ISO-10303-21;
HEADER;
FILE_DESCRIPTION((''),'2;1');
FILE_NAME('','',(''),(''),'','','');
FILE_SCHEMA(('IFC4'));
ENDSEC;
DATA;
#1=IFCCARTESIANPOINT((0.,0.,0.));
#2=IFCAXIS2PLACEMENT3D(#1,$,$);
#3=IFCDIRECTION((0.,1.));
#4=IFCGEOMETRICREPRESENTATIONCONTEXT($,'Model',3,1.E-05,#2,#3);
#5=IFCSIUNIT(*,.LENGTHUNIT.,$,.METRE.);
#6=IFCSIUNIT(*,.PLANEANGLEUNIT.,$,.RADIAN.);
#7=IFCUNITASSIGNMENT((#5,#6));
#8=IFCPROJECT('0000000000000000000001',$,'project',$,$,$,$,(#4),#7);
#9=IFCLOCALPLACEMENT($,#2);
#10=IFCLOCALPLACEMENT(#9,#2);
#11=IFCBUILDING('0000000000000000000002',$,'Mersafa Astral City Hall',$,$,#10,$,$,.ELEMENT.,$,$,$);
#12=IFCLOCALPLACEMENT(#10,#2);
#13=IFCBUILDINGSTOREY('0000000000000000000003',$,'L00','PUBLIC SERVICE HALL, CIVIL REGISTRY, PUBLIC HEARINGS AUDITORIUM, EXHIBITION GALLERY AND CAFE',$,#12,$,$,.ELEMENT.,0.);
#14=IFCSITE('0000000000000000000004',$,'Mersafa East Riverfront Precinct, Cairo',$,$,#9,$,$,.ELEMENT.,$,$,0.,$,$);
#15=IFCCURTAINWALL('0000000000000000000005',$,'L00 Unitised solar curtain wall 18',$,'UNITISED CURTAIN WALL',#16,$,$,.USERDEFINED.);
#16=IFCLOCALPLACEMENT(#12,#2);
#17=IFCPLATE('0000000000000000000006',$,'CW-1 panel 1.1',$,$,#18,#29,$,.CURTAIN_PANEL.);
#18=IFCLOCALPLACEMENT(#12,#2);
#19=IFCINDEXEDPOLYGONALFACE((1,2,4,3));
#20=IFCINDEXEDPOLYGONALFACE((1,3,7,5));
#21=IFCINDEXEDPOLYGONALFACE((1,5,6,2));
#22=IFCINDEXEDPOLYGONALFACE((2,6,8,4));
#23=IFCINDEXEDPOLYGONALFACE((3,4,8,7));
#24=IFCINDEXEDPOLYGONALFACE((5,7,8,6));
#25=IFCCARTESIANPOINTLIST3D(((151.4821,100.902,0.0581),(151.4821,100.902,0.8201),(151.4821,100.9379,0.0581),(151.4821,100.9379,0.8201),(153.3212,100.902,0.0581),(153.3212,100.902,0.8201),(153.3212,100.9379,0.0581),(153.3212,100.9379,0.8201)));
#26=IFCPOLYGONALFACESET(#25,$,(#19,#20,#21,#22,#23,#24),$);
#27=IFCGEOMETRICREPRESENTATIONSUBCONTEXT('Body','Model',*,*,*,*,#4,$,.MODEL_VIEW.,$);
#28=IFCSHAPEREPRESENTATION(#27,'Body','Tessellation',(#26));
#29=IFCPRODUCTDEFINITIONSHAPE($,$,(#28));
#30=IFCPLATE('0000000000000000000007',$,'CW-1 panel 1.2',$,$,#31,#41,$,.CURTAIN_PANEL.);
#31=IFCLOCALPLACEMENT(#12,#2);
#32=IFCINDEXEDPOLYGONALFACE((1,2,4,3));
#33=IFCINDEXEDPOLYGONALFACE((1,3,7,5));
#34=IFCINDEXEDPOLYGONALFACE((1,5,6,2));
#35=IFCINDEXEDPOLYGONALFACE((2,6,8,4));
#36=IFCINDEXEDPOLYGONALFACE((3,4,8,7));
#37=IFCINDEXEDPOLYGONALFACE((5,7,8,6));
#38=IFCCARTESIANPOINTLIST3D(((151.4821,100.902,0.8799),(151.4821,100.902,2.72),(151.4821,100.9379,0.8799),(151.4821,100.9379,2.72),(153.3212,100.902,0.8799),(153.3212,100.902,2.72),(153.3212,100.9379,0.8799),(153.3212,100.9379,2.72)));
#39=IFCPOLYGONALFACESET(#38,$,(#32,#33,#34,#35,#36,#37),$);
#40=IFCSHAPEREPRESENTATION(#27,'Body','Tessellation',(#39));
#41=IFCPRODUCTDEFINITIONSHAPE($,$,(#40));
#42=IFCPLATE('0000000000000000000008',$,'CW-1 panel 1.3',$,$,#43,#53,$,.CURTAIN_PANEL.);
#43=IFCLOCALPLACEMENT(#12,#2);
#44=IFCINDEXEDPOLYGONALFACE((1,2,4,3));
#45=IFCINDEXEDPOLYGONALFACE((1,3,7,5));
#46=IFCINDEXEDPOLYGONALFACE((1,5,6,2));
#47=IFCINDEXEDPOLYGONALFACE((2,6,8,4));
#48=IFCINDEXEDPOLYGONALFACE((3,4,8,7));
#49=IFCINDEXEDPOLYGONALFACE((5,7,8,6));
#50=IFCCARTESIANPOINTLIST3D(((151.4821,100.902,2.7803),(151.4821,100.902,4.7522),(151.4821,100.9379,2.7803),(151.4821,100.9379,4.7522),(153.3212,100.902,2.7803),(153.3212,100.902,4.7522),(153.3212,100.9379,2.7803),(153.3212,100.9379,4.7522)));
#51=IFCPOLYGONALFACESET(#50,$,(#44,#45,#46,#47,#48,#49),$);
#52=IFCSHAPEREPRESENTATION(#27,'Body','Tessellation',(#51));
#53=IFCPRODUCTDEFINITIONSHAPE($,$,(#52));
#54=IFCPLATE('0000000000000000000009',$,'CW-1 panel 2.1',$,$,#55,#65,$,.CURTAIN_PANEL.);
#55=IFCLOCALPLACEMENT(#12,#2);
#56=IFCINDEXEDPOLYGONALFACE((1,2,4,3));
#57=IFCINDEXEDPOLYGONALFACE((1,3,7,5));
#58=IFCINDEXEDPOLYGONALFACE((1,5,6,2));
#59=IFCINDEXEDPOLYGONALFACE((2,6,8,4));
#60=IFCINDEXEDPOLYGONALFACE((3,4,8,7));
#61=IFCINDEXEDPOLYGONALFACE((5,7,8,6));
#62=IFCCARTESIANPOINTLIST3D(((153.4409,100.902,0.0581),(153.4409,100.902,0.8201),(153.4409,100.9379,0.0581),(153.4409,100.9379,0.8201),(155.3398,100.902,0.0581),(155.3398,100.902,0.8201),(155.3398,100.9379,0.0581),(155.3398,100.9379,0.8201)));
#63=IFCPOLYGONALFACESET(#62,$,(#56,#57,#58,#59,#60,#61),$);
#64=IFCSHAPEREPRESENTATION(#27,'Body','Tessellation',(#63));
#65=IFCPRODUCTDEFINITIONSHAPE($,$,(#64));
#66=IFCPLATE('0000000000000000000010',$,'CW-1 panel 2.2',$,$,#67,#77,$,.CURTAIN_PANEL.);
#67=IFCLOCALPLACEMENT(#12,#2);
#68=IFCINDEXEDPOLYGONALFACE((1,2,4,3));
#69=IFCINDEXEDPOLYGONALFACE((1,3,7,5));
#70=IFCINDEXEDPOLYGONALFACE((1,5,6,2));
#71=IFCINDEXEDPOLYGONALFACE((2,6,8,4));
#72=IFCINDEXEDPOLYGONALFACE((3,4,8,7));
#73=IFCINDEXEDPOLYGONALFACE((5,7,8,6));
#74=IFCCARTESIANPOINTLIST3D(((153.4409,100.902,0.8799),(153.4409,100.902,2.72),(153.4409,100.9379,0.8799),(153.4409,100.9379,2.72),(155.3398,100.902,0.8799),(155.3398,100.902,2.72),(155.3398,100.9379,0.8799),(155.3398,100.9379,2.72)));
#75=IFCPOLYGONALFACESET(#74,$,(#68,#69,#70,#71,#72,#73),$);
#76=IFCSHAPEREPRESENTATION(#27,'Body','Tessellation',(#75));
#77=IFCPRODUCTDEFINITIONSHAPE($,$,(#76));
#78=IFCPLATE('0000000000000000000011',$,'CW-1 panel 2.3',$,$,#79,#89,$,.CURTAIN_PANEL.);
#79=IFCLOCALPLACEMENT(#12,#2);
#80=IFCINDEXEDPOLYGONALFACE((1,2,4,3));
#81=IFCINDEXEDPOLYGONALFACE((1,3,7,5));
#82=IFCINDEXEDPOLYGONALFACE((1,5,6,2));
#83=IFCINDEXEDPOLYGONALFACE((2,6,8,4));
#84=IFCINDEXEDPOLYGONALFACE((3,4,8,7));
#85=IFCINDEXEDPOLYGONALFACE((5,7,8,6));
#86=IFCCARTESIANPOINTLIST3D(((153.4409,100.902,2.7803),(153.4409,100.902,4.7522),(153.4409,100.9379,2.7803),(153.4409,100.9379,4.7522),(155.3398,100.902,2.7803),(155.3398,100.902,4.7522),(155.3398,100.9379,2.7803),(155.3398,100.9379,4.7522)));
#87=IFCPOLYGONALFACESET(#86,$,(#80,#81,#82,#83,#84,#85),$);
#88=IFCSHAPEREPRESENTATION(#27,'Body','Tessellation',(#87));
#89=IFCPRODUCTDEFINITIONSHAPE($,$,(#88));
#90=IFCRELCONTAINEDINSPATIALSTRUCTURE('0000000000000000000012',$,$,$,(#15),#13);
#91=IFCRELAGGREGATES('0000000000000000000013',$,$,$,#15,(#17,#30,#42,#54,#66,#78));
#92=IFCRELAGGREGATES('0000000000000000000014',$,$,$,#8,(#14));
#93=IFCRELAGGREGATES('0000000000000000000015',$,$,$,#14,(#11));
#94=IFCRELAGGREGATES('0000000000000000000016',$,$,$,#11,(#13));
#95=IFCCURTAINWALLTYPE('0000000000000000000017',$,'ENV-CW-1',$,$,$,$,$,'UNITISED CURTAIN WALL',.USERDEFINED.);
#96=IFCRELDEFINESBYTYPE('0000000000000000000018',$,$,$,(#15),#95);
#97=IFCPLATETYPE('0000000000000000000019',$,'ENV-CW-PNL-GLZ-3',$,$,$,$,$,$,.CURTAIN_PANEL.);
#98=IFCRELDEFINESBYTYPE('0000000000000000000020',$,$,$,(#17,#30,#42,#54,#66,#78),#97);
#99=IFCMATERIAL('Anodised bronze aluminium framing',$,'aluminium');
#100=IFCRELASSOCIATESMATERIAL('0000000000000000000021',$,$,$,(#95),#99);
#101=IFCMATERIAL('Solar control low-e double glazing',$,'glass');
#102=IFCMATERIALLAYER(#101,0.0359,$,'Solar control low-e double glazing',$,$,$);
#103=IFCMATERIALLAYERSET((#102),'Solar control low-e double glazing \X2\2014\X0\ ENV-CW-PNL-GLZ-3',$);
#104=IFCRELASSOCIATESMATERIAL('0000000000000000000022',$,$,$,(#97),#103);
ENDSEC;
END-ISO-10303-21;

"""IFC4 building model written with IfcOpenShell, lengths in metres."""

from ifc_helpers import new_model, si_unit, direction, frame, origin, origin_2d, place, context, subcontext, project, spatial, rectangle, extrude, material, layer, layer_set, type_object, element, aggregate, save


model = new_model("IFC4")

# Units and contexts
model_context = context("Model", 3, precision=1e-05, world=origin(), true_north=direction((0.0, 1.0)))
body_context = subcontext(model_context, "Body", "Model", "MODEL_VIEW")
ifc_project = project(units=[si_unit("LENGTHUNIT", "METRE"), si_unit("PLANEANGLEUNIT", "RADIAN")], contexts=[model_context])

# Site, building, storey
site_placement = place(None, origin())
site = spatial("IfcSite", under=ifc_project, at=site_placement, Name="Mersafa East Riverfront Precinct, Cairo", CompositionType="ELEMENT", RefElevation=0.0)
building_placement = place(site_placement, origin())
building = spatial("IfcBuilding", under=site, at=building_placement, Name="Mersafa Astral City Hall", CompositionType="ELEMENT")
storey_placement = place(building_placement, origin())
storey = spatial("IfcBuildingStorey", under=building, at=storey_placement, Name="L00", Description="PUBLIC SERVICE HALL, CIVIL REGISTRY, PUBLIC HEARINGS AUDITORIUM, EXHIBITION GALLERY AND CAFE", CompositionType="ELEMENT", Elevation=0.0)

# Curtain wall
ifc_material_1 = material(Name="Anodised bronze aluminium framing", Category="aluminium")
curtain_wall_type = type_object("IfcCurtainWallType", Name="ENV-CW-1", ElementType="UNITISED CURTAIN WALL", PredefinedType="USERDEFINED", material=ifc_material_1)
curtain_wall_placement = place(storey_placement, origin())
curtain_wall = element("IfcCurtainWall", 1, at=curtain_wall_placement, inside=storey, type_object=curtain_wall_type, Name="L00 Unitised solar curtain wall 18", ObjectType="UNITISED CURTAIN WALL", PredefinedType="USERDEFINED")

# Plates
ifc_material_2 = material(Name="Solar control low-e double glazing", Category="glass")
ifc_layer = layer(ifc_material_2, 0.0359, Name="Solar control low-e double glazing")
ifc_layer_set = layer_set([ifc_layer], Name="Solar control low-e double glazing — ENV-CW-PNL-GLZ-3")
plate_type = type_object("IfcPlateType", Name="ENV-CW-PNL-GLZ-3", PredefinedType="CURTAIN_PANEL", material=ifc_layer_set)
plate_1_placement = place(storey_placement, frame((152.4016, 100.9199, 0.0581), z_axis=(0.0, 0.0, 1.0), x_axis=(1.0, 0.0, 0.0)))
plate_1 = element("IfcPlate", 2, at=plate_1_placement, type_object=plate_type, Name="CW-1 panel 1.1", PredefinedType="CURTAIN_PANEL", context=body_context, shape_type="SweptSolid", body=[
    extrude(rectangle(XDim=1.8391, YDim=0.0359, at=origin_2d()), origin(), (0.0, 0.0, 1.0), 0.762),
])
plate_2_placement = place(storey_placement, frame((152.4016, 100.9199, 0.8799), z_axis=(0.0, 0.0, 1.0), x_axis=(1.0, 0.0, 0.0)))
plate_2 = element("IfcPlate", 3, at=plate_2_placement, type_object=plate_type, Name="CW-1 panel 1.2", PredefinedType="CURTAIN_PANEL", context=body_context, shape_type="SweptSolid", body=[
    extrude(rectangle(XDim=1.8391, YDim=0.0359, at=origin_2d()), origin(), (0.0, 0.0, 1.0), 1.8401),
])
plate_3_placement = place(storey_placement, frame((152.4016, 100.9199, 2.7803), z_axis=(0.0, 0.0, 1.0), x_axis=(1.0, 0.0, 0.0)))
plate_3 = element("IfcPlate", 4, at=plate_3_placement, type_object=plate_type, Name="CW-1 panel 1.3", PredefinedType="CURTAIN_PANEL", context=body_context, shape_type="SweptSolid", body=[
    extrude(rectangle(XDim=1.8391, YDim=0.0359, at=origin_2d()), origin(), (0.0, 0.0, 1.0), 1.9719),
])
plate_4_placement = place(storey_placement, frame((154.3904, 100.9199, 0.0581), z_axis=(0.0, 0.0, 1.0), x_axis=(1.0, 0.0, 0.0)))
plate_4 = element("IfcPlate", 5, at=plate_4_placement, type_object=plate_type, Name="CW-1 panel 2.1", PredefinedType="CURTAIN_PANEL", context=body_context, shape_type="SweptSolid", body=[
    extrude(rectangle(XDim=1.8989, YDim=0.0359, at=origin_2d()), origin(), (0.0, 0.0, 1.0), 0.762),
])
plate_5_placement = place(storey_placement, frame((154.3904, 100.9199, 0.8799), z_axis=(0.0, 0.0, 1.0), x_axis=(1.0, 0.0, 0.0)))
plate_5 = element("IfcPlate", 6, at=plate_5_placement, type_object=plate_type, Name="CW-1 panel 2.2", PredefinedType="CURTAIN_PANEL", context=body_context, shape_type="SweptSolid", body=[
    extrude(rectangle(XDim=1.8989, YDim=0.0359, at=origin_2d()), origin(), (0.0, 0.0, 1.0), 1.8401),
])
plate_6_placement = place(storey_placement, frame((154.3904, 100.9199, 2.7803), z_axis=(0.0, 0.0, 1.0), x_axis=(1.0, 0.0, 0.0)))
plate_6 = element("IfcPlate", 7, at=plate_6_placement, type_object=plate_type, Name="CW-1 panel 2.3", PredefinedType="CURTAIN_PANEL", context=body_context, shape_type="SweptSolid", body=[
    extrude(rectangle(XDim=1.8989, YDim=0.0359, at=origin_2d()), origin(), (0.0, 0.0, 1.0), 1.9719),
])
aggregate(curtain_wall, [plate_1, plate_2, plate_3, plate_4, plate_5, plate_6])

save(model, "model.ifc")
